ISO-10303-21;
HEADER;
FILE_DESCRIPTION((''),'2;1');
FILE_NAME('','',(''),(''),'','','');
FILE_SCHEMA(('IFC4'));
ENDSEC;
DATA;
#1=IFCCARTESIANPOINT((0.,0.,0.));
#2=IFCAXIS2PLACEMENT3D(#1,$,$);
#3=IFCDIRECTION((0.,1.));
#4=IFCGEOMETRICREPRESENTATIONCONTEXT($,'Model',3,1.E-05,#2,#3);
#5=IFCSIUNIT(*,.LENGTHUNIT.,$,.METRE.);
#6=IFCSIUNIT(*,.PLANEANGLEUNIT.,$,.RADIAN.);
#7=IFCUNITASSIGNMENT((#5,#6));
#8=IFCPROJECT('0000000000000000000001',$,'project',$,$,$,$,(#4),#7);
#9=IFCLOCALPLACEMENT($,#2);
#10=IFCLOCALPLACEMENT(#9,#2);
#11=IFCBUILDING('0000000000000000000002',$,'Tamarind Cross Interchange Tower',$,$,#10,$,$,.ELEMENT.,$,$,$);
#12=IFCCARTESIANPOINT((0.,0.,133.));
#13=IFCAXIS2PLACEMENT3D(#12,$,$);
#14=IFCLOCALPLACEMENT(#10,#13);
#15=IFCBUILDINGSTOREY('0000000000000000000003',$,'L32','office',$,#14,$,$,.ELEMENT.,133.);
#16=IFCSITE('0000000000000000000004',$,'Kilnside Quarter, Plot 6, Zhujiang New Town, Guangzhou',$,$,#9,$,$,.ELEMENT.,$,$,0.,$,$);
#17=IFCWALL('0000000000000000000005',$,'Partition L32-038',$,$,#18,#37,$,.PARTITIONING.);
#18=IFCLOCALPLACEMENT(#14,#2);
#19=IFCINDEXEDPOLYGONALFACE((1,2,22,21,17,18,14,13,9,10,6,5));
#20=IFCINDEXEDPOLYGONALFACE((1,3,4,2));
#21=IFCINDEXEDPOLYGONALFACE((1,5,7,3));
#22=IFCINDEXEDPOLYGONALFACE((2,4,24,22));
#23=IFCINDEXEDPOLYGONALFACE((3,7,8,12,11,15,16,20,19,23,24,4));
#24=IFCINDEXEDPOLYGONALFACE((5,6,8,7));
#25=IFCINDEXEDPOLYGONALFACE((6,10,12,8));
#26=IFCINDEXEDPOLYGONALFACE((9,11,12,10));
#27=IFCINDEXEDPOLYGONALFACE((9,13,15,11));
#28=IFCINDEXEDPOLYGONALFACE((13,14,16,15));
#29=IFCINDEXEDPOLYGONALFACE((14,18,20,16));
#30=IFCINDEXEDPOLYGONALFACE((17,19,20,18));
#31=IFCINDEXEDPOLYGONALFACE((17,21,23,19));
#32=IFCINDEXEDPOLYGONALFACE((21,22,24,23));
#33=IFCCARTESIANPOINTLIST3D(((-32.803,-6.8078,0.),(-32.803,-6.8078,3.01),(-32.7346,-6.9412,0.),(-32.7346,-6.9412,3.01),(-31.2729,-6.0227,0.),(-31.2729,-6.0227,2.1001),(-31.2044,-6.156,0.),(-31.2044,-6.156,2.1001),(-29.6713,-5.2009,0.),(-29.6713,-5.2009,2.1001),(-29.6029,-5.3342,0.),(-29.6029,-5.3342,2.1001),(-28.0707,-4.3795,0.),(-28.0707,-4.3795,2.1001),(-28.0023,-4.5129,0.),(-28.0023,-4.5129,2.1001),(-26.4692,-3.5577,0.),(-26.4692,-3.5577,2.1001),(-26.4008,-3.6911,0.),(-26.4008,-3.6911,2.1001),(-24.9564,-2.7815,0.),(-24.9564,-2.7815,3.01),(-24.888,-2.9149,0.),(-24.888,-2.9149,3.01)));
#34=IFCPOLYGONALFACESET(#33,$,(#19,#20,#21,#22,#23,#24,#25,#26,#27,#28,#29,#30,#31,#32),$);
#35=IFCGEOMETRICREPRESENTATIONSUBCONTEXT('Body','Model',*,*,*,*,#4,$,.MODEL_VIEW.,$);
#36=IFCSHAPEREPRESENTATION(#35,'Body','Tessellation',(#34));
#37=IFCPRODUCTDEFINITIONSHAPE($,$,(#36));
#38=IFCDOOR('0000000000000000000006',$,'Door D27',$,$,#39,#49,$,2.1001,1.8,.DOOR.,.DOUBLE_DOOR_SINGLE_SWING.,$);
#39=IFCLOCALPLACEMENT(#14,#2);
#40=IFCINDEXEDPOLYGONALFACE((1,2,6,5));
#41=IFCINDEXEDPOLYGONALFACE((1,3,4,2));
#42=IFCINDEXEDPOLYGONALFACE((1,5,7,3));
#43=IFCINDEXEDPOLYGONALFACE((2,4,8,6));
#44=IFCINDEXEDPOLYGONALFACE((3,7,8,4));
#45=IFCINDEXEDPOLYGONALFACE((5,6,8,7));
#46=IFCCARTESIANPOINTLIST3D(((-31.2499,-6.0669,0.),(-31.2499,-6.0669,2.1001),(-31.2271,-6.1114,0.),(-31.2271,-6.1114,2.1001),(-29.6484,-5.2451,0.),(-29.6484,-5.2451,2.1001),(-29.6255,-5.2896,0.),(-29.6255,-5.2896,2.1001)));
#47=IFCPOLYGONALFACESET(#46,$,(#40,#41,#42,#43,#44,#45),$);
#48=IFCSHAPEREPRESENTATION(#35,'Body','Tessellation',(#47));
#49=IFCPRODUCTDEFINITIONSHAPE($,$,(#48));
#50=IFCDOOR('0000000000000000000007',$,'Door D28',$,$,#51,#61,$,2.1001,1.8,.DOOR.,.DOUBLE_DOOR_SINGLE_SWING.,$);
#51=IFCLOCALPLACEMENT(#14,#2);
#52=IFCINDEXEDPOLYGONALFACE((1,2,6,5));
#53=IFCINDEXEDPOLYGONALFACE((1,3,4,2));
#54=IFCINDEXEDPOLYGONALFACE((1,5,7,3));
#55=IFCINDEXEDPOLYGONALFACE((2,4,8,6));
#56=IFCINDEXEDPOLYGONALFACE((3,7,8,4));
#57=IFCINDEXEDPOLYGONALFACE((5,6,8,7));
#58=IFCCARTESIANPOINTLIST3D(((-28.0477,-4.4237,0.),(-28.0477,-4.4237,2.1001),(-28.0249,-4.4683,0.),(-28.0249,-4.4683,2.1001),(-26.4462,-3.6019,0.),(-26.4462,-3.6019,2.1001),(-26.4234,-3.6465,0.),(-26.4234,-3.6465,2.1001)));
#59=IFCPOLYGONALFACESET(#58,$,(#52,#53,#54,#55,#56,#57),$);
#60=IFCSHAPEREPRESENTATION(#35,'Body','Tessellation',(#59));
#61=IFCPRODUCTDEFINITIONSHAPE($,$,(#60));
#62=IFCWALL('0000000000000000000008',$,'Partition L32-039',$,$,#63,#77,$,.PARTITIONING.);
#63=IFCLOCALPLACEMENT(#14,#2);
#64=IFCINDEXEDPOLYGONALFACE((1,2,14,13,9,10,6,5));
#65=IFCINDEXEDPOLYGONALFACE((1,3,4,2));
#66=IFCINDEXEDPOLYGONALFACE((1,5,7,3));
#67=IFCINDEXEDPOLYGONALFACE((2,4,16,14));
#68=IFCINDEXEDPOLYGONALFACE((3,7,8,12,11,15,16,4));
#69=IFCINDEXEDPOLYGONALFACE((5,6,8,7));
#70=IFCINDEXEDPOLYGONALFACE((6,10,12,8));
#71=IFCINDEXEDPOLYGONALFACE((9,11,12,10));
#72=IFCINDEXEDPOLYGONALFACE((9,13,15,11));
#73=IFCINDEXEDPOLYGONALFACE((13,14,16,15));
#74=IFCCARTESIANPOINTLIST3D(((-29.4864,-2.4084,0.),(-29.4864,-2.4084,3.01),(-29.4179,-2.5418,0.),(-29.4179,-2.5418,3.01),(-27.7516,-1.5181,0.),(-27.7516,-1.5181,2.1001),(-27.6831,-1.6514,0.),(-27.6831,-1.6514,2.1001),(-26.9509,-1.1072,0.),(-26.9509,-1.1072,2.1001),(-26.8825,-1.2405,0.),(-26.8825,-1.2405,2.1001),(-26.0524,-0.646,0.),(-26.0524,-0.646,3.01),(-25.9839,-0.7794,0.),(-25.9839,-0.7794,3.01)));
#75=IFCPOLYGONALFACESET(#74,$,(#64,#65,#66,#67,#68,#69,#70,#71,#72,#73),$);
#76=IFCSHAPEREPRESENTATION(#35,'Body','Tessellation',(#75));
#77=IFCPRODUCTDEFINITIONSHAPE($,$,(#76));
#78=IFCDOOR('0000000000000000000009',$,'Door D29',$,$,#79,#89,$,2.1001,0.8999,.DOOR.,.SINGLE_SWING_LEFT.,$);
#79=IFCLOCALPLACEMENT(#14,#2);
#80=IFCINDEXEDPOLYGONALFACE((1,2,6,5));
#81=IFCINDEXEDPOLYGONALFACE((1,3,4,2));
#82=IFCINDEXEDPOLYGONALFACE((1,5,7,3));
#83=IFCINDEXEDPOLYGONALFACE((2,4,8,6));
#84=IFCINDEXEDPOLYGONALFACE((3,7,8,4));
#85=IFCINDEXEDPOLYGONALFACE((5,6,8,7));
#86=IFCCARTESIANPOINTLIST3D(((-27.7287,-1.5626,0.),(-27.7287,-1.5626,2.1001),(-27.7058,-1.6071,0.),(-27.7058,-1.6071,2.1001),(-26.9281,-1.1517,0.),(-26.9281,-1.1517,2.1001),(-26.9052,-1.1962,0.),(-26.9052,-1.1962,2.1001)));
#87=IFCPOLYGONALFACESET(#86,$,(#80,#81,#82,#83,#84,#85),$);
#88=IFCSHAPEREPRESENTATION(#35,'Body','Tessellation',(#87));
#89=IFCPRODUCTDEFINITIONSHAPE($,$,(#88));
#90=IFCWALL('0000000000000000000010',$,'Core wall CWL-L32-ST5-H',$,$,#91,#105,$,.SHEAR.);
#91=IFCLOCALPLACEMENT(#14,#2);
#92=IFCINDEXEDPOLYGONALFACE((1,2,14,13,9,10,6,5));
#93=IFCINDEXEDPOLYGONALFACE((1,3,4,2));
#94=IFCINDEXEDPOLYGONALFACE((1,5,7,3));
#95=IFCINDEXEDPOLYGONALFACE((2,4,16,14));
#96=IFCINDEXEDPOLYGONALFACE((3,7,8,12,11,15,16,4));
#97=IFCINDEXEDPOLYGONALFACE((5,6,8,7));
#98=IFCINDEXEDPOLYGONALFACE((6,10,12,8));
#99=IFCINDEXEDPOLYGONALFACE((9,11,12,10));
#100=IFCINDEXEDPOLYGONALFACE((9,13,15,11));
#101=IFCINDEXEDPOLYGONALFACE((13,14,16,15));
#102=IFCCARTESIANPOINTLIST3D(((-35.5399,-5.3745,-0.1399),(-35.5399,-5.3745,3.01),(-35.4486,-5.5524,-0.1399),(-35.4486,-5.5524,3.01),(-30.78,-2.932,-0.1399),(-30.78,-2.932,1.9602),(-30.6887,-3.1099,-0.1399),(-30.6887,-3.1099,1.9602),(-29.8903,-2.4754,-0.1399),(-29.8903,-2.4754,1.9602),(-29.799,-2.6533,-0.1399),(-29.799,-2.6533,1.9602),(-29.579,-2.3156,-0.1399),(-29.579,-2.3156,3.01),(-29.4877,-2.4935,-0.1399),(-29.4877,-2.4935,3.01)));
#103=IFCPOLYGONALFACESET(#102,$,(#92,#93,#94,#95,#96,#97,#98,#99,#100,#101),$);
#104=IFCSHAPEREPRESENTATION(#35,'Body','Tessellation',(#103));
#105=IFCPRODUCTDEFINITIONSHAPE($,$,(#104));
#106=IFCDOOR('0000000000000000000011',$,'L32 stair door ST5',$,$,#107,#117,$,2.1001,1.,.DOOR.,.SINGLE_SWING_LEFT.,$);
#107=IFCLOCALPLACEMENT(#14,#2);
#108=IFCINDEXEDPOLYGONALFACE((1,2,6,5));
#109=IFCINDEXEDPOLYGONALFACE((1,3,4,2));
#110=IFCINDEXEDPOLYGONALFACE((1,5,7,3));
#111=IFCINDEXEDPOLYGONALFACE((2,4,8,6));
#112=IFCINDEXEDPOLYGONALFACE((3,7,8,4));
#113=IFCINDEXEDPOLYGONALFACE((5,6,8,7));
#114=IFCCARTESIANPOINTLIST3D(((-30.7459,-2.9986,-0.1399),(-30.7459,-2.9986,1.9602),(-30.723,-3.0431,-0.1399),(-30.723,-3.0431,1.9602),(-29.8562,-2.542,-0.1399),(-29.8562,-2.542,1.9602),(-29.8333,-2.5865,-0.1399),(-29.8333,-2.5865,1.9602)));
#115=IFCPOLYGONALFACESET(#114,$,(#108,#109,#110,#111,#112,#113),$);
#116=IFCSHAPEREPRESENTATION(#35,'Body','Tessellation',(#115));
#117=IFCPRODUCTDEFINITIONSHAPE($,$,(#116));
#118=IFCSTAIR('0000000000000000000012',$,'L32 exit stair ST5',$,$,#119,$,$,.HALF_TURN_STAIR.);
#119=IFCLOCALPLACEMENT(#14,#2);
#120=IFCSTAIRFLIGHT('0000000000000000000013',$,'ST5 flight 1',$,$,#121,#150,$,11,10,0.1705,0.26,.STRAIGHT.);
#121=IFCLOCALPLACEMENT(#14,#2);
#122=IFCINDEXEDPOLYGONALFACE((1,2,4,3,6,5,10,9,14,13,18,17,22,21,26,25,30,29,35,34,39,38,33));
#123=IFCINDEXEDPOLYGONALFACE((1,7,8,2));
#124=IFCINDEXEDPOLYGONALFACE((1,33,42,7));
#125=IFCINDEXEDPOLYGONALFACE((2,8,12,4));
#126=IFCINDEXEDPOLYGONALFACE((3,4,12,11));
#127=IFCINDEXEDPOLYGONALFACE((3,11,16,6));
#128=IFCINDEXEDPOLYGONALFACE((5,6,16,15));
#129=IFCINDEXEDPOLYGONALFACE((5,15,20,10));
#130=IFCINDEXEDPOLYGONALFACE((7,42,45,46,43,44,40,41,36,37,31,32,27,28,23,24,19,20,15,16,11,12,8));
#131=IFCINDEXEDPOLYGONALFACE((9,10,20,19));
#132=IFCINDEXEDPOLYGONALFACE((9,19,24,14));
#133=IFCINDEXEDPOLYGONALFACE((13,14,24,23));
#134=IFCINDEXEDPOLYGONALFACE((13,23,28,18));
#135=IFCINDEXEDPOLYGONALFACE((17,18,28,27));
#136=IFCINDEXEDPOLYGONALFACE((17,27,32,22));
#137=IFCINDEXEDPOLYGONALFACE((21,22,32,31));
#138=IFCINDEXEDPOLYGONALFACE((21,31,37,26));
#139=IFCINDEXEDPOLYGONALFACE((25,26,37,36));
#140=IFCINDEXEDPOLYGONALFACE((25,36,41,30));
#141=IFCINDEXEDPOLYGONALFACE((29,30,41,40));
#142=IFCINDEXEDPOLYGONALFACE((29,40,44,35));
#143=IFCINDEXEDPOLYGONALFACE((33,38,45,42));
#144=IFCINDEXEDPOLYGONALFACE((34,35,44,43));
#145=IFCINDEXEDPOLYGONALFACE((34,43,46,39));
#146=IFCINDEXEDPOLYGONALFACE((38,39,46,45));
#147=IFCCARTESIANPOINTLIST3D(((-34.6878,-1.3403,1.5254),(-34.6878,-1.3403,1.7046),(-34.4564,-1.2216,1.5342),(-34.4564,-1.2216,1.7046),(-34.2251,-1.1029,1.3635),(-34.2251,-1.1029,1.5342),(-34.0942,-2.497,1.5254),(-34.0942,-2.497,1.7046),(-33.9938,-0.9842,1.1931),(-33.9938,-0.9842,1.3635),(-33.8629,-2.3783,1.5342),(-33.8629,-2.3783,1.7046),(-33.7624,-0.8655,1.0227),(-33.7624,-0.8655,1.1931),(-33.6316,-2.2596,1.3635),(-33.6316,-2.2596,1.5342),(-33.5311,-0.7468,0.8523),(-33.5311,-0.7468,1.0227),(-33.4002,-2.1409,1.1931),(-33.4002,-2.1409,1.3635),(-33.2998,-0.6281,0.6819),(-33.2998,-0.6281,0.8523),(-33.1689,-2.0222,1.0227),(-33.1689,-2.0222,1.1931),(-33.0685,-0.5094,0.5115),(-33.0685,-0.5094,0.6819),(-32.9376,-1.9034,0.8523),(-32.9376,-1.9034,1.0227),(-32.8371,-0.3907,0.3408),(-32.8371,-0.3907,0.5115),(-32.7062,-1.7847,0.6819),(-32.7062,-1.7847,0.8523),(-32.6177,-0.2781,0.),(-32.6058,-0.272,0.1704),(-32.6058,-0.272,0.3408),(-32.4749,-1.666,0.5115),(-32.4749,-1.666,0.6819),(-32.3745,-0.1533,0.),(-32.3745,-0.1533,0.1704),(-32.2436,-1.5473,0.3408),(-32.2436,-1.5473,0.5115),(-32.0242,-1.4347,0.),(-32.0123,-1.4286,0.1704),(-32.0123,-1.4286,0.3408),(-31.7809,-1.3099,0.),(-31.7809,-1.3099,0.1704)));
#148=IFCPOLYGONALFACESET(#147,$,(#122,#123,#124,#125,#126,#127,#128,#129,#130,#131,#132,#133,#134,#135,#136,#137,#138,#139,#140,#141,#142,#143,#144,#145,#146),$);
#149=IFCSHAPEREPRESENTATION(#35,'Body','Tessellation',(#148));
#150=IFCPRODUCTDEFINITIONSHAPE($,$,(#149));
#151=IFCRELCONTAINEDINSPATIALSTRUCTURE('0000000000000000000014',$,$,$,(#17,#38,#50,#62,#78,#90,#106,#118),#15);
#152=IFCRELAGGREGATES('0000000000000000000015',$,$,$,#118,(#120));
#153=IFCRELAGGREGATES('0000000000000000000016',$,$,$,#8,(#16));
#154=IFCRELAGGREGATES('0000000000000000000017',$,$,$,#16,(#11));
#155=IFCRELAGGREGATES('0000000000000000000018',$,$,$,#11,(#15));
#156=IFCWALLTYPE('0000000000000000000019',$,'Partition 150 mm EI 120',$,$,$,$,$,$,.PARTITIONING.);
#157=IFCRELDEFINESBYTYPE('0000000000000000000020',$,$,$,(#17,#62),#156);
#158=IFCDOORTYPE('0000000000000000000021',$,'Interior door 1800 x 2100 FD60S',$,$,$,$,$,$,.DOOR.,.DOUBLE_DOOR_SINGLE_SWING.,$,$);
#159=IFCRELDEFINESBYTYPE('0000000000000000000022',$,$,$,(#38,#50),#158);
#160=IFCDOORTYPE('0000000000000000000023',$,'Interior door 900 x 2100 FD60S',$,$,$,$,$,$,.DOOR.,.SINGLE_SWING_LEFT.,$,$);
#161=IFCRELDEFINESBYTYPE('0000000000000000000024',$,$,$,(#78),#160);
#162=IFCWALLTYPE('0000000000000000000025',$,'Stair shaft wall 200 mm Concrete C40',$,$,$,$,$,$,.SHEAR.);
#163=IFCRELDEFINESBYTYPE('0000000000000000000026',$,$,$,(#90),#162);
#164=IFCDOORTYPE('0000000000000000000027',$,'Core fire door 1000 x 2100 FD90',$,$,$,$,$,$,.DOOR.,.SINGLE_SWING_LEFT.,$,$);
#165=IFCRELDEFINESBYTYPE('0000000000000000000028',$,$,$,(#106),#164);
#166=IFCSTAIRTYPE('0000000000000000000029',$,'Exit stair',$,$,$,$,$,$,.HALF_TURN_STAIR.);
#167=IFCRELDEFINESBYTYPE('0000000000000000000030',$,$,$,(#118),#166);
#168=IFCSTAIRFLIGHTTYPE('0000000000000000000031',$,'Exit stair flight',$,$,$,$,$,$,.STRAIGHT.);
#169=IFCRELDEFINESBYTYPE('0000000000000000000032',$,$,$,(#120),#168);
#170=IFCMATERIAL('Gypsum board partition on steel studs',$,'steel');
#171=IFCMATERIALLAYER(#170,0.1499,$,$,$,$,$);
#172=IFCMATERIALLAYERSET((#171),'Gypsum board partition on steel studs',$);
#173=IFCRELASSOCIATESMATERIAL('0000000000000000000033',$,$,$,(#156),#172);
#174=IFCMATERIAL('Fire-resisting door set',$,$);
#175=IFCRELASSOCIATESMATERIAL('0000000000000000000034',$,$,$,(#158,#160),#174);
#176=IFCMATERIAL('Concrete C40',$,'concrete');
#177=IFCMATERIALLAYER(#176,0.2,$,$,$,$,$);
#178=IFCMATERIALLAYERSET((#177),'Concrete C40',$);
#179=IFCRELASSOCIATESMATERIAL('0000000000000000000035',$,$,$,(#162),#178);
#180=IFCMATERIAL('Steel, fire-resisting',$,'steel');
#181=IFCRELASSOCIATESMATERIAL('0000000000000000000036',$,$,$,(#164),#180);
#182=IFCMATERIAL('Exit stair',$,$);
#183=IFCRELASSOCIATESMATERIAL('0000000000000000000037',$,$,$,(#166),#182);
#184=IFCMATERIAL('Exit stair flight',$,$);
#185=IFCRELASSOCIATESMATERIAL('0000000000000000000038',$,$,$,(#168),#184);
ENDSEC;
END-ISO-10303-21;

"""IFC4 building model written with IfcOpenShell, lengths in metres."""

from ifc_helpers import new_model, si_unit, direction, frame, frame_2d, origin, place, context, subcontext, project, spatial, polyline, rectangle, outline, extrude, material, layer, layer_set, type_object, element, fill, aggregate, save


model = new_model("IFC4")

# Units and contexts
model_context = context("Model", 3, precision=1e-05, world=origin(), true_north=direction((0.0, 1.0)))
body_context = subcontext(model_context, "Body", "Model", "MODEL_VIEW")
ifc_project = project(units=[si_unit("LENGTHUNIT", "METRE"), si_unit("PLANEANGLEUNIT", "RADIAN")], contexts=[model_context])

# Site, building, storey
site_placement = place(None, origin())
site = spatial("IfcSite", under=ifc_project, at=site_placement, Name="Kilnside Quarter, Plot 6, Zhujiang New Town, Guangzhou", CompositionType="ELEMENT", RefElevation=0.0)
building_placement = place(site_placement, origin())
building = spatial("IfcBuilding", under=site, at=building_placement, Name="Tamarind Cross Interchange Tower", CompositionType="ELEMENT")
storey_placement = place(building_placement, frame((0.0, 0.0, 133.0)))
storey = spatial("IfcBuildingStorey", under=building, at=storey_placement, Name="L32", Description="office", CompositionType="ELEMENT", Elevation=133.0)

# Shared definitions
ifc_material_1 = material(Name="Gypsum board partition on steel studs", Category="steel")
ifc_layer_1 = layer(ifc_material_1, 0.1499)
ifc_layer_set_1 = layer_set([ifc_layer_1], Name="Gypsum board partition on steel studs")
wall_type_1 = type_object("IfcWallType", Name="Partition 150 mm EI 120", PredefinedType="PARTITIONING", material=ifc_layer_set_1)
ifc_material_2 = material(Name="Fire-resisting door set")
door_type_1 = type_object("IfcDoorType", Name="Interior door 1800 x 2100 FD60S", OperationType="DOUBLE_DOOR_SINGLE_SWING", PredefinedType="DOOR", material=ifc_material_2)

# Wall, openings, doors
wall_1_placement = place(storey_placement, frame((-32.7688, -6.8745, 0.0), z_axis=(0.0, 0.0, 1.0), x_axis=(0.889706, 0.456535, 0.0)))
wall_1 = element("IfcWall", 1, at=wall_1_placement, inside=storey, type_object=wall_type_1, Name="Partition L32-038", PredefinedType="PARTITIONING", context=body_context, shape_type="SweptSolid", body=[
    extrude(rectangle(XDim=8.8193, YDim=0.1499, at=frame_2d((4.4097, 0.0))), origin(), (0.0, 0.0, 1.0), 3.01),
])
opening_1_placement = place(wall_1_placement, frame((1.72, 0.0, 0.0)))
opening_1 = element("IfcOpeningElement", 2, at=opening_1_placement, cuts=wall_1, PredefinedType="OPENING", context=body_context, shape_type="SweptSolid", body=[
    extrude(rectangle(XDim=1.8, YDim=2.1001, at=frame_2d((0.8999, 1.05))), frame((0.0, 0.085, 0.0), z_axis=(0.0, -1.0, 0.0), x_axis=(1.0, 0.0, 0.0)), (0.0, 0.0, 1.0), 0.1699),
])
opening_2_placement = place(wall_1_placement, frame((5.3191, 0.0, 0.0)))
opening_2 = element("IfcOpeningElement", 3, at=opening_2_placement, cuts=wall_1, PredefinedType="OPENING", context=body_context, shape_type="SweptSolid", body=[
    extrude(rectangle(XDim=1.8, YDim=2.1001, at=frame_2d((0.8999, 1.05))), frame((0.0, 0.085, 0.0), z_axis=(0.0, -1.0, 0.0), x_axis=(1.0, 0.0, 0.0)), (0.0, 0.0, 1.0), 0.1699),
])
door_1_placement = place(opening_1_placement, frame((1.8, 0.0, 0.0), z_axis=(0.0, 0.0, 1.0), x_axis=(-1.0, 0.0, 0.0)))
door_1 = element("IfcDoor", 4, at=door_1_placement, inside=storey, type_object=door_type_1, Name="Door D27", OperationType="DOUBLE_DOOR_SINGLE_SWING", OverallHeight=2.1001, OverallWidth=1.8, PredefinedType="DOOR", context=body_context, shape_type="SweptSolid", body=[
    extrude(rectangle(XDim=1.8, YDim=2.1001, at=frame_2d((0.8999, 1.05))), frame((0.0, 0.0249, 0.0), z_axis=(0.0, -1.0, 0.0), x_axis=(1.0, 0.0, 0.0)), (0.0, 0.0, 1.0), 0.05),
])
fill(opening_1, door_1)
door_2_placement = place(opening_2_placement, frame((1.8, 0.0, 0.0), z_axis=(0.0, 0.0, 1.0), x_axis=(-1.0, 0.0, 0.0)))
door_2 = element("IfcDoor", 5, at=door_2_placement, inside=storey, type_object=door_type_1, Name="Door D28", OperationType="DOUBLE_DOOR_SINGLE_SWING", OverallHeight=2.1001, OverallWidth=1.8, PredefinedType="DOOR", context=body_context, shape_type="SweptSolid", body=[
    extrude(rectangle(XDim=1.8, YDim=2.1001, at=frame_2d((0.8999, 1.05))), frame((0.0, 0.0249, 0.0), z_axis=(0.0, -1.0, 0.0), x_axis=(1.0, 0.0, 0.0)), (0.0, 0.0, 1.0), 0.05),
])
fill(opening_2, door_2)

# Walls, openings, doors
wall_2_placement = place(storey_placement, frame((-29.4521, -2.4751, 0.0), z_axis=(0.0, 0.0, 1.0), x_axis=(0.889672, 0.4566, 0.0)))
wall_2 = element("IfcWall", 6, at=wall_2_placement, inside=storey, type_object=wall_type_1, Name="Partition L32-039", PredefinedType="PARTITIONING", context=body_context, shape_type="SweptSolid", body=[
    extrude(rectangle(XDim=3.8599, YDim=0.1499, at=frame_2d((1.9299, 0.0))), origin(), (0.0, 0.0, 1.0), 3.01),
])
opening_3_placement = place(wall_2_placement, frame((1.95, 0.0, 0.0)))
opening_3 = element("IfcOpeningElement", 7, at=opening_3_placement, cuts=wall_2, PredefinedType="OPENING", context=body_context, shape_type="SweptSolid", body=[
    extrude(rectangle(XDim=0.8999, YDim=2.1001, at=frame_2d((0.45, 1.05))), frame((0.0, 0.085, 0.0), z_axis=(0.0, -1.0, 0.0), x_axis=(1.0, 0.0, 0.0)), (0.0, 0.0, 1.0), 0.1699),
])
door_type_2 = type_object("IfcDoorType", Name="Interior door 900 x 2100 FD60S", OperationType="SINGLE_SWING_LEFT", PredefinedType="DOOR", material=ifc_material_2)
door_3_placement = place(opening_3_placement, origin())
door_3 = element("IfcDoor", 8, at=door_3_placement, inside=storey, type_object=door_type_2, Name="Door D29", OperationType="SINGLE_SWING_LEFT", OverallHeight=2.1001, OverallWidth=0.8999, PredefinedType="DOOR", context=body_context, shape_type="SweptSolid", body=[
    extrude(rectangle(XDim=0.8999, YDim=2.1001, at=frame_2d((0.45, 1.05))), frame((0.0, 0.0249, 0.0), z_axis=(0.0, -1.0, 0.0), x_axis=(1.0, 0.0, 0.0)), (0.0, 0.0, 1.0), 0.05),
])
fill(opening_3, door_3)
ifc_material_3 = material(Name="Concrete C40", Category="concrete")
ifc_layer_2 = layer(ifc_material_3, 0.2)
ifc_layer_set_2 = layer_set([ifc_layer_2], Name="Concrete C40")
wall_type_2 = type_object("IfcWallType", Name="Stair shaft wall 200 mm Concrete C40", PredefinedType="SHEAR", material=ifc_layer_set_2)
wall_3_placement = place(storey_placement, frame((-29.5332, -2.4045, -0.1399), z_axis=(0.0, 0.0, 1.0), x_axis=(-0.889699, -0.456547, 0.0)))
wall_3 = element("IfcWall", 9, at=wall_3_placement, inside=storey, type_object=wall_type_2, Name="Core wall CWL-L32-ST5-H", PredefinedType="SHEAR", context=body_context, shape_type="SweptSolid", body=[
    extrude(rectangle(XDim=6.7, YDim=0.2, at=frame_2d((3.3501, 0.0))), origin(), (0.0, 0.0, 1.0), 3.1499),
])
opening_4_placement = place(wall_3_placement, frame((0.3501, 0.0, 0.0)))
opening_4 = element("IfcOpeningElement", 10, at=opening_4_placement, cuts=wall_3, PredefinedType="OPENING", context=body_context, shape_type="SweptSolid", body=[
    extrude(rectangle(XDim=1.0, YDim=2.1001, at=frame_2d((0.5, 1.05))), frame((0.0, 0.1099, 0.0), z_axis=(0.0, -1.0, 0.0), x_axis=(1.0, 0.0, 0.0)), (0.0, 0.0, 1.0), 0.22),
])
ifc_material_4 = material(Name="Steel, fire-resisting", Category="steel")
door_type_3 = type_object("IfcDoorType", Name="Core fire door 1000 x 2100 FD90", OperationType="SINGLE_SWING_LEFT", PredefinedType="DOOR", material=ifc_material_4)
door_4_placement = place(opening_4_placement, origin())
door_4 = element("IfcDoor", 11, at=door_4_placement, inside=storey, type_object=door_type_3, Name="L32 stair door ST5", OperationType="SINGLE_SWING_LEFT", OverallHeight=2.1001, OverallWidth=1.0, PredefinedType="DOOR", context=body_context, shape_type="SweptSolid", body=[
    extrude(rectangle(XDim=1.0, YDim=2.1001, at=frame_2d((0.5, 1.05))), frame((0.0, 0.0249, 0.0), z_axis=(0.0, -1.0, 0.0), x_axis=(1.0, 0.0, 0.0)), (0.0, 0.0, 1.0), 0.05),
])
fill(opening_4, door_4)

# Stair, stair flight
ifc_material_5 = material(Name="Exit stair")
stair_type = type_object("IfcStairType", Name="Exit stair", PredefinedType="HALF_TURN_STAIR", material=ifc_material_5)
stair_placement = place(storey_placement, origin())
stair = element("IfcStair", 12, at=stair_placement, inside=storey, type_object=stair_type, Name="L32 exit stair ST5", PredefinedType="HALF_TURN_STAIR")
ifc_material_6 = material(Name="Exit stair flight")
stair_flight_type = type_object("IfcStairFlightType", Name="Exit stair flight", PredefinedType="STRAIGHT", material=ifc_material_6)
stair_flight_1_placement = place(storey_placement, frame((-32.0776, -0.7317, 0.0), z_axis=(0.0, 0.0, 1.0), x_axis=(-0.889697, -0.456551, 0.0)))
stair_flight_1 = element("IfcStairFlight", 13, at=stair_flight_1_placement, type_object=stair_flight_type, Name="ST5 flight 1", NumberOfRisers=11, NumberOfTreads=10, PredefinedType="STRAIGHT", RiserHeight=0.1705, TreadLength=0.26, context=body_context, shape_type="SweptSolid", body=[
    extrude(outline(polyline([(0.0, 0.0), (0.0, 0.1704), (0.26, 0.1704), (0.26, 0.3408), (0.52, 0.3408), (0.52, 0.5115), (0.78, 0.5115), (0.78, 0.6819), (1.04, 0.6819), (1.04, 0.8523), (1.3, 0.8523), (1.3, 1.0227), (1.5601, 1.0227), (1.5601, 1.1931), (1.8201, 1.1931), (1.8201, 1.3635), (2.0801, 1.3635), (2.0801, 1.5342), (2.3401, 1.5342), (2.3401, 1.7046), (2.6001, 1.7046), (2.6001, 1.875), (2.6001, 1.5254), (0.2734, 0.0), (0.0, 0.0)])), frame((0.0, 0.6499, 0.0), z_axis=(0.0, -1.0, 0.0), x_axis=(1.0, 0.0, 0.0)), (0.0, 0.0, 1.0), 1.3),
])
aggregate(stair, [stair_flight_1])

save(model, "model.ifc")
